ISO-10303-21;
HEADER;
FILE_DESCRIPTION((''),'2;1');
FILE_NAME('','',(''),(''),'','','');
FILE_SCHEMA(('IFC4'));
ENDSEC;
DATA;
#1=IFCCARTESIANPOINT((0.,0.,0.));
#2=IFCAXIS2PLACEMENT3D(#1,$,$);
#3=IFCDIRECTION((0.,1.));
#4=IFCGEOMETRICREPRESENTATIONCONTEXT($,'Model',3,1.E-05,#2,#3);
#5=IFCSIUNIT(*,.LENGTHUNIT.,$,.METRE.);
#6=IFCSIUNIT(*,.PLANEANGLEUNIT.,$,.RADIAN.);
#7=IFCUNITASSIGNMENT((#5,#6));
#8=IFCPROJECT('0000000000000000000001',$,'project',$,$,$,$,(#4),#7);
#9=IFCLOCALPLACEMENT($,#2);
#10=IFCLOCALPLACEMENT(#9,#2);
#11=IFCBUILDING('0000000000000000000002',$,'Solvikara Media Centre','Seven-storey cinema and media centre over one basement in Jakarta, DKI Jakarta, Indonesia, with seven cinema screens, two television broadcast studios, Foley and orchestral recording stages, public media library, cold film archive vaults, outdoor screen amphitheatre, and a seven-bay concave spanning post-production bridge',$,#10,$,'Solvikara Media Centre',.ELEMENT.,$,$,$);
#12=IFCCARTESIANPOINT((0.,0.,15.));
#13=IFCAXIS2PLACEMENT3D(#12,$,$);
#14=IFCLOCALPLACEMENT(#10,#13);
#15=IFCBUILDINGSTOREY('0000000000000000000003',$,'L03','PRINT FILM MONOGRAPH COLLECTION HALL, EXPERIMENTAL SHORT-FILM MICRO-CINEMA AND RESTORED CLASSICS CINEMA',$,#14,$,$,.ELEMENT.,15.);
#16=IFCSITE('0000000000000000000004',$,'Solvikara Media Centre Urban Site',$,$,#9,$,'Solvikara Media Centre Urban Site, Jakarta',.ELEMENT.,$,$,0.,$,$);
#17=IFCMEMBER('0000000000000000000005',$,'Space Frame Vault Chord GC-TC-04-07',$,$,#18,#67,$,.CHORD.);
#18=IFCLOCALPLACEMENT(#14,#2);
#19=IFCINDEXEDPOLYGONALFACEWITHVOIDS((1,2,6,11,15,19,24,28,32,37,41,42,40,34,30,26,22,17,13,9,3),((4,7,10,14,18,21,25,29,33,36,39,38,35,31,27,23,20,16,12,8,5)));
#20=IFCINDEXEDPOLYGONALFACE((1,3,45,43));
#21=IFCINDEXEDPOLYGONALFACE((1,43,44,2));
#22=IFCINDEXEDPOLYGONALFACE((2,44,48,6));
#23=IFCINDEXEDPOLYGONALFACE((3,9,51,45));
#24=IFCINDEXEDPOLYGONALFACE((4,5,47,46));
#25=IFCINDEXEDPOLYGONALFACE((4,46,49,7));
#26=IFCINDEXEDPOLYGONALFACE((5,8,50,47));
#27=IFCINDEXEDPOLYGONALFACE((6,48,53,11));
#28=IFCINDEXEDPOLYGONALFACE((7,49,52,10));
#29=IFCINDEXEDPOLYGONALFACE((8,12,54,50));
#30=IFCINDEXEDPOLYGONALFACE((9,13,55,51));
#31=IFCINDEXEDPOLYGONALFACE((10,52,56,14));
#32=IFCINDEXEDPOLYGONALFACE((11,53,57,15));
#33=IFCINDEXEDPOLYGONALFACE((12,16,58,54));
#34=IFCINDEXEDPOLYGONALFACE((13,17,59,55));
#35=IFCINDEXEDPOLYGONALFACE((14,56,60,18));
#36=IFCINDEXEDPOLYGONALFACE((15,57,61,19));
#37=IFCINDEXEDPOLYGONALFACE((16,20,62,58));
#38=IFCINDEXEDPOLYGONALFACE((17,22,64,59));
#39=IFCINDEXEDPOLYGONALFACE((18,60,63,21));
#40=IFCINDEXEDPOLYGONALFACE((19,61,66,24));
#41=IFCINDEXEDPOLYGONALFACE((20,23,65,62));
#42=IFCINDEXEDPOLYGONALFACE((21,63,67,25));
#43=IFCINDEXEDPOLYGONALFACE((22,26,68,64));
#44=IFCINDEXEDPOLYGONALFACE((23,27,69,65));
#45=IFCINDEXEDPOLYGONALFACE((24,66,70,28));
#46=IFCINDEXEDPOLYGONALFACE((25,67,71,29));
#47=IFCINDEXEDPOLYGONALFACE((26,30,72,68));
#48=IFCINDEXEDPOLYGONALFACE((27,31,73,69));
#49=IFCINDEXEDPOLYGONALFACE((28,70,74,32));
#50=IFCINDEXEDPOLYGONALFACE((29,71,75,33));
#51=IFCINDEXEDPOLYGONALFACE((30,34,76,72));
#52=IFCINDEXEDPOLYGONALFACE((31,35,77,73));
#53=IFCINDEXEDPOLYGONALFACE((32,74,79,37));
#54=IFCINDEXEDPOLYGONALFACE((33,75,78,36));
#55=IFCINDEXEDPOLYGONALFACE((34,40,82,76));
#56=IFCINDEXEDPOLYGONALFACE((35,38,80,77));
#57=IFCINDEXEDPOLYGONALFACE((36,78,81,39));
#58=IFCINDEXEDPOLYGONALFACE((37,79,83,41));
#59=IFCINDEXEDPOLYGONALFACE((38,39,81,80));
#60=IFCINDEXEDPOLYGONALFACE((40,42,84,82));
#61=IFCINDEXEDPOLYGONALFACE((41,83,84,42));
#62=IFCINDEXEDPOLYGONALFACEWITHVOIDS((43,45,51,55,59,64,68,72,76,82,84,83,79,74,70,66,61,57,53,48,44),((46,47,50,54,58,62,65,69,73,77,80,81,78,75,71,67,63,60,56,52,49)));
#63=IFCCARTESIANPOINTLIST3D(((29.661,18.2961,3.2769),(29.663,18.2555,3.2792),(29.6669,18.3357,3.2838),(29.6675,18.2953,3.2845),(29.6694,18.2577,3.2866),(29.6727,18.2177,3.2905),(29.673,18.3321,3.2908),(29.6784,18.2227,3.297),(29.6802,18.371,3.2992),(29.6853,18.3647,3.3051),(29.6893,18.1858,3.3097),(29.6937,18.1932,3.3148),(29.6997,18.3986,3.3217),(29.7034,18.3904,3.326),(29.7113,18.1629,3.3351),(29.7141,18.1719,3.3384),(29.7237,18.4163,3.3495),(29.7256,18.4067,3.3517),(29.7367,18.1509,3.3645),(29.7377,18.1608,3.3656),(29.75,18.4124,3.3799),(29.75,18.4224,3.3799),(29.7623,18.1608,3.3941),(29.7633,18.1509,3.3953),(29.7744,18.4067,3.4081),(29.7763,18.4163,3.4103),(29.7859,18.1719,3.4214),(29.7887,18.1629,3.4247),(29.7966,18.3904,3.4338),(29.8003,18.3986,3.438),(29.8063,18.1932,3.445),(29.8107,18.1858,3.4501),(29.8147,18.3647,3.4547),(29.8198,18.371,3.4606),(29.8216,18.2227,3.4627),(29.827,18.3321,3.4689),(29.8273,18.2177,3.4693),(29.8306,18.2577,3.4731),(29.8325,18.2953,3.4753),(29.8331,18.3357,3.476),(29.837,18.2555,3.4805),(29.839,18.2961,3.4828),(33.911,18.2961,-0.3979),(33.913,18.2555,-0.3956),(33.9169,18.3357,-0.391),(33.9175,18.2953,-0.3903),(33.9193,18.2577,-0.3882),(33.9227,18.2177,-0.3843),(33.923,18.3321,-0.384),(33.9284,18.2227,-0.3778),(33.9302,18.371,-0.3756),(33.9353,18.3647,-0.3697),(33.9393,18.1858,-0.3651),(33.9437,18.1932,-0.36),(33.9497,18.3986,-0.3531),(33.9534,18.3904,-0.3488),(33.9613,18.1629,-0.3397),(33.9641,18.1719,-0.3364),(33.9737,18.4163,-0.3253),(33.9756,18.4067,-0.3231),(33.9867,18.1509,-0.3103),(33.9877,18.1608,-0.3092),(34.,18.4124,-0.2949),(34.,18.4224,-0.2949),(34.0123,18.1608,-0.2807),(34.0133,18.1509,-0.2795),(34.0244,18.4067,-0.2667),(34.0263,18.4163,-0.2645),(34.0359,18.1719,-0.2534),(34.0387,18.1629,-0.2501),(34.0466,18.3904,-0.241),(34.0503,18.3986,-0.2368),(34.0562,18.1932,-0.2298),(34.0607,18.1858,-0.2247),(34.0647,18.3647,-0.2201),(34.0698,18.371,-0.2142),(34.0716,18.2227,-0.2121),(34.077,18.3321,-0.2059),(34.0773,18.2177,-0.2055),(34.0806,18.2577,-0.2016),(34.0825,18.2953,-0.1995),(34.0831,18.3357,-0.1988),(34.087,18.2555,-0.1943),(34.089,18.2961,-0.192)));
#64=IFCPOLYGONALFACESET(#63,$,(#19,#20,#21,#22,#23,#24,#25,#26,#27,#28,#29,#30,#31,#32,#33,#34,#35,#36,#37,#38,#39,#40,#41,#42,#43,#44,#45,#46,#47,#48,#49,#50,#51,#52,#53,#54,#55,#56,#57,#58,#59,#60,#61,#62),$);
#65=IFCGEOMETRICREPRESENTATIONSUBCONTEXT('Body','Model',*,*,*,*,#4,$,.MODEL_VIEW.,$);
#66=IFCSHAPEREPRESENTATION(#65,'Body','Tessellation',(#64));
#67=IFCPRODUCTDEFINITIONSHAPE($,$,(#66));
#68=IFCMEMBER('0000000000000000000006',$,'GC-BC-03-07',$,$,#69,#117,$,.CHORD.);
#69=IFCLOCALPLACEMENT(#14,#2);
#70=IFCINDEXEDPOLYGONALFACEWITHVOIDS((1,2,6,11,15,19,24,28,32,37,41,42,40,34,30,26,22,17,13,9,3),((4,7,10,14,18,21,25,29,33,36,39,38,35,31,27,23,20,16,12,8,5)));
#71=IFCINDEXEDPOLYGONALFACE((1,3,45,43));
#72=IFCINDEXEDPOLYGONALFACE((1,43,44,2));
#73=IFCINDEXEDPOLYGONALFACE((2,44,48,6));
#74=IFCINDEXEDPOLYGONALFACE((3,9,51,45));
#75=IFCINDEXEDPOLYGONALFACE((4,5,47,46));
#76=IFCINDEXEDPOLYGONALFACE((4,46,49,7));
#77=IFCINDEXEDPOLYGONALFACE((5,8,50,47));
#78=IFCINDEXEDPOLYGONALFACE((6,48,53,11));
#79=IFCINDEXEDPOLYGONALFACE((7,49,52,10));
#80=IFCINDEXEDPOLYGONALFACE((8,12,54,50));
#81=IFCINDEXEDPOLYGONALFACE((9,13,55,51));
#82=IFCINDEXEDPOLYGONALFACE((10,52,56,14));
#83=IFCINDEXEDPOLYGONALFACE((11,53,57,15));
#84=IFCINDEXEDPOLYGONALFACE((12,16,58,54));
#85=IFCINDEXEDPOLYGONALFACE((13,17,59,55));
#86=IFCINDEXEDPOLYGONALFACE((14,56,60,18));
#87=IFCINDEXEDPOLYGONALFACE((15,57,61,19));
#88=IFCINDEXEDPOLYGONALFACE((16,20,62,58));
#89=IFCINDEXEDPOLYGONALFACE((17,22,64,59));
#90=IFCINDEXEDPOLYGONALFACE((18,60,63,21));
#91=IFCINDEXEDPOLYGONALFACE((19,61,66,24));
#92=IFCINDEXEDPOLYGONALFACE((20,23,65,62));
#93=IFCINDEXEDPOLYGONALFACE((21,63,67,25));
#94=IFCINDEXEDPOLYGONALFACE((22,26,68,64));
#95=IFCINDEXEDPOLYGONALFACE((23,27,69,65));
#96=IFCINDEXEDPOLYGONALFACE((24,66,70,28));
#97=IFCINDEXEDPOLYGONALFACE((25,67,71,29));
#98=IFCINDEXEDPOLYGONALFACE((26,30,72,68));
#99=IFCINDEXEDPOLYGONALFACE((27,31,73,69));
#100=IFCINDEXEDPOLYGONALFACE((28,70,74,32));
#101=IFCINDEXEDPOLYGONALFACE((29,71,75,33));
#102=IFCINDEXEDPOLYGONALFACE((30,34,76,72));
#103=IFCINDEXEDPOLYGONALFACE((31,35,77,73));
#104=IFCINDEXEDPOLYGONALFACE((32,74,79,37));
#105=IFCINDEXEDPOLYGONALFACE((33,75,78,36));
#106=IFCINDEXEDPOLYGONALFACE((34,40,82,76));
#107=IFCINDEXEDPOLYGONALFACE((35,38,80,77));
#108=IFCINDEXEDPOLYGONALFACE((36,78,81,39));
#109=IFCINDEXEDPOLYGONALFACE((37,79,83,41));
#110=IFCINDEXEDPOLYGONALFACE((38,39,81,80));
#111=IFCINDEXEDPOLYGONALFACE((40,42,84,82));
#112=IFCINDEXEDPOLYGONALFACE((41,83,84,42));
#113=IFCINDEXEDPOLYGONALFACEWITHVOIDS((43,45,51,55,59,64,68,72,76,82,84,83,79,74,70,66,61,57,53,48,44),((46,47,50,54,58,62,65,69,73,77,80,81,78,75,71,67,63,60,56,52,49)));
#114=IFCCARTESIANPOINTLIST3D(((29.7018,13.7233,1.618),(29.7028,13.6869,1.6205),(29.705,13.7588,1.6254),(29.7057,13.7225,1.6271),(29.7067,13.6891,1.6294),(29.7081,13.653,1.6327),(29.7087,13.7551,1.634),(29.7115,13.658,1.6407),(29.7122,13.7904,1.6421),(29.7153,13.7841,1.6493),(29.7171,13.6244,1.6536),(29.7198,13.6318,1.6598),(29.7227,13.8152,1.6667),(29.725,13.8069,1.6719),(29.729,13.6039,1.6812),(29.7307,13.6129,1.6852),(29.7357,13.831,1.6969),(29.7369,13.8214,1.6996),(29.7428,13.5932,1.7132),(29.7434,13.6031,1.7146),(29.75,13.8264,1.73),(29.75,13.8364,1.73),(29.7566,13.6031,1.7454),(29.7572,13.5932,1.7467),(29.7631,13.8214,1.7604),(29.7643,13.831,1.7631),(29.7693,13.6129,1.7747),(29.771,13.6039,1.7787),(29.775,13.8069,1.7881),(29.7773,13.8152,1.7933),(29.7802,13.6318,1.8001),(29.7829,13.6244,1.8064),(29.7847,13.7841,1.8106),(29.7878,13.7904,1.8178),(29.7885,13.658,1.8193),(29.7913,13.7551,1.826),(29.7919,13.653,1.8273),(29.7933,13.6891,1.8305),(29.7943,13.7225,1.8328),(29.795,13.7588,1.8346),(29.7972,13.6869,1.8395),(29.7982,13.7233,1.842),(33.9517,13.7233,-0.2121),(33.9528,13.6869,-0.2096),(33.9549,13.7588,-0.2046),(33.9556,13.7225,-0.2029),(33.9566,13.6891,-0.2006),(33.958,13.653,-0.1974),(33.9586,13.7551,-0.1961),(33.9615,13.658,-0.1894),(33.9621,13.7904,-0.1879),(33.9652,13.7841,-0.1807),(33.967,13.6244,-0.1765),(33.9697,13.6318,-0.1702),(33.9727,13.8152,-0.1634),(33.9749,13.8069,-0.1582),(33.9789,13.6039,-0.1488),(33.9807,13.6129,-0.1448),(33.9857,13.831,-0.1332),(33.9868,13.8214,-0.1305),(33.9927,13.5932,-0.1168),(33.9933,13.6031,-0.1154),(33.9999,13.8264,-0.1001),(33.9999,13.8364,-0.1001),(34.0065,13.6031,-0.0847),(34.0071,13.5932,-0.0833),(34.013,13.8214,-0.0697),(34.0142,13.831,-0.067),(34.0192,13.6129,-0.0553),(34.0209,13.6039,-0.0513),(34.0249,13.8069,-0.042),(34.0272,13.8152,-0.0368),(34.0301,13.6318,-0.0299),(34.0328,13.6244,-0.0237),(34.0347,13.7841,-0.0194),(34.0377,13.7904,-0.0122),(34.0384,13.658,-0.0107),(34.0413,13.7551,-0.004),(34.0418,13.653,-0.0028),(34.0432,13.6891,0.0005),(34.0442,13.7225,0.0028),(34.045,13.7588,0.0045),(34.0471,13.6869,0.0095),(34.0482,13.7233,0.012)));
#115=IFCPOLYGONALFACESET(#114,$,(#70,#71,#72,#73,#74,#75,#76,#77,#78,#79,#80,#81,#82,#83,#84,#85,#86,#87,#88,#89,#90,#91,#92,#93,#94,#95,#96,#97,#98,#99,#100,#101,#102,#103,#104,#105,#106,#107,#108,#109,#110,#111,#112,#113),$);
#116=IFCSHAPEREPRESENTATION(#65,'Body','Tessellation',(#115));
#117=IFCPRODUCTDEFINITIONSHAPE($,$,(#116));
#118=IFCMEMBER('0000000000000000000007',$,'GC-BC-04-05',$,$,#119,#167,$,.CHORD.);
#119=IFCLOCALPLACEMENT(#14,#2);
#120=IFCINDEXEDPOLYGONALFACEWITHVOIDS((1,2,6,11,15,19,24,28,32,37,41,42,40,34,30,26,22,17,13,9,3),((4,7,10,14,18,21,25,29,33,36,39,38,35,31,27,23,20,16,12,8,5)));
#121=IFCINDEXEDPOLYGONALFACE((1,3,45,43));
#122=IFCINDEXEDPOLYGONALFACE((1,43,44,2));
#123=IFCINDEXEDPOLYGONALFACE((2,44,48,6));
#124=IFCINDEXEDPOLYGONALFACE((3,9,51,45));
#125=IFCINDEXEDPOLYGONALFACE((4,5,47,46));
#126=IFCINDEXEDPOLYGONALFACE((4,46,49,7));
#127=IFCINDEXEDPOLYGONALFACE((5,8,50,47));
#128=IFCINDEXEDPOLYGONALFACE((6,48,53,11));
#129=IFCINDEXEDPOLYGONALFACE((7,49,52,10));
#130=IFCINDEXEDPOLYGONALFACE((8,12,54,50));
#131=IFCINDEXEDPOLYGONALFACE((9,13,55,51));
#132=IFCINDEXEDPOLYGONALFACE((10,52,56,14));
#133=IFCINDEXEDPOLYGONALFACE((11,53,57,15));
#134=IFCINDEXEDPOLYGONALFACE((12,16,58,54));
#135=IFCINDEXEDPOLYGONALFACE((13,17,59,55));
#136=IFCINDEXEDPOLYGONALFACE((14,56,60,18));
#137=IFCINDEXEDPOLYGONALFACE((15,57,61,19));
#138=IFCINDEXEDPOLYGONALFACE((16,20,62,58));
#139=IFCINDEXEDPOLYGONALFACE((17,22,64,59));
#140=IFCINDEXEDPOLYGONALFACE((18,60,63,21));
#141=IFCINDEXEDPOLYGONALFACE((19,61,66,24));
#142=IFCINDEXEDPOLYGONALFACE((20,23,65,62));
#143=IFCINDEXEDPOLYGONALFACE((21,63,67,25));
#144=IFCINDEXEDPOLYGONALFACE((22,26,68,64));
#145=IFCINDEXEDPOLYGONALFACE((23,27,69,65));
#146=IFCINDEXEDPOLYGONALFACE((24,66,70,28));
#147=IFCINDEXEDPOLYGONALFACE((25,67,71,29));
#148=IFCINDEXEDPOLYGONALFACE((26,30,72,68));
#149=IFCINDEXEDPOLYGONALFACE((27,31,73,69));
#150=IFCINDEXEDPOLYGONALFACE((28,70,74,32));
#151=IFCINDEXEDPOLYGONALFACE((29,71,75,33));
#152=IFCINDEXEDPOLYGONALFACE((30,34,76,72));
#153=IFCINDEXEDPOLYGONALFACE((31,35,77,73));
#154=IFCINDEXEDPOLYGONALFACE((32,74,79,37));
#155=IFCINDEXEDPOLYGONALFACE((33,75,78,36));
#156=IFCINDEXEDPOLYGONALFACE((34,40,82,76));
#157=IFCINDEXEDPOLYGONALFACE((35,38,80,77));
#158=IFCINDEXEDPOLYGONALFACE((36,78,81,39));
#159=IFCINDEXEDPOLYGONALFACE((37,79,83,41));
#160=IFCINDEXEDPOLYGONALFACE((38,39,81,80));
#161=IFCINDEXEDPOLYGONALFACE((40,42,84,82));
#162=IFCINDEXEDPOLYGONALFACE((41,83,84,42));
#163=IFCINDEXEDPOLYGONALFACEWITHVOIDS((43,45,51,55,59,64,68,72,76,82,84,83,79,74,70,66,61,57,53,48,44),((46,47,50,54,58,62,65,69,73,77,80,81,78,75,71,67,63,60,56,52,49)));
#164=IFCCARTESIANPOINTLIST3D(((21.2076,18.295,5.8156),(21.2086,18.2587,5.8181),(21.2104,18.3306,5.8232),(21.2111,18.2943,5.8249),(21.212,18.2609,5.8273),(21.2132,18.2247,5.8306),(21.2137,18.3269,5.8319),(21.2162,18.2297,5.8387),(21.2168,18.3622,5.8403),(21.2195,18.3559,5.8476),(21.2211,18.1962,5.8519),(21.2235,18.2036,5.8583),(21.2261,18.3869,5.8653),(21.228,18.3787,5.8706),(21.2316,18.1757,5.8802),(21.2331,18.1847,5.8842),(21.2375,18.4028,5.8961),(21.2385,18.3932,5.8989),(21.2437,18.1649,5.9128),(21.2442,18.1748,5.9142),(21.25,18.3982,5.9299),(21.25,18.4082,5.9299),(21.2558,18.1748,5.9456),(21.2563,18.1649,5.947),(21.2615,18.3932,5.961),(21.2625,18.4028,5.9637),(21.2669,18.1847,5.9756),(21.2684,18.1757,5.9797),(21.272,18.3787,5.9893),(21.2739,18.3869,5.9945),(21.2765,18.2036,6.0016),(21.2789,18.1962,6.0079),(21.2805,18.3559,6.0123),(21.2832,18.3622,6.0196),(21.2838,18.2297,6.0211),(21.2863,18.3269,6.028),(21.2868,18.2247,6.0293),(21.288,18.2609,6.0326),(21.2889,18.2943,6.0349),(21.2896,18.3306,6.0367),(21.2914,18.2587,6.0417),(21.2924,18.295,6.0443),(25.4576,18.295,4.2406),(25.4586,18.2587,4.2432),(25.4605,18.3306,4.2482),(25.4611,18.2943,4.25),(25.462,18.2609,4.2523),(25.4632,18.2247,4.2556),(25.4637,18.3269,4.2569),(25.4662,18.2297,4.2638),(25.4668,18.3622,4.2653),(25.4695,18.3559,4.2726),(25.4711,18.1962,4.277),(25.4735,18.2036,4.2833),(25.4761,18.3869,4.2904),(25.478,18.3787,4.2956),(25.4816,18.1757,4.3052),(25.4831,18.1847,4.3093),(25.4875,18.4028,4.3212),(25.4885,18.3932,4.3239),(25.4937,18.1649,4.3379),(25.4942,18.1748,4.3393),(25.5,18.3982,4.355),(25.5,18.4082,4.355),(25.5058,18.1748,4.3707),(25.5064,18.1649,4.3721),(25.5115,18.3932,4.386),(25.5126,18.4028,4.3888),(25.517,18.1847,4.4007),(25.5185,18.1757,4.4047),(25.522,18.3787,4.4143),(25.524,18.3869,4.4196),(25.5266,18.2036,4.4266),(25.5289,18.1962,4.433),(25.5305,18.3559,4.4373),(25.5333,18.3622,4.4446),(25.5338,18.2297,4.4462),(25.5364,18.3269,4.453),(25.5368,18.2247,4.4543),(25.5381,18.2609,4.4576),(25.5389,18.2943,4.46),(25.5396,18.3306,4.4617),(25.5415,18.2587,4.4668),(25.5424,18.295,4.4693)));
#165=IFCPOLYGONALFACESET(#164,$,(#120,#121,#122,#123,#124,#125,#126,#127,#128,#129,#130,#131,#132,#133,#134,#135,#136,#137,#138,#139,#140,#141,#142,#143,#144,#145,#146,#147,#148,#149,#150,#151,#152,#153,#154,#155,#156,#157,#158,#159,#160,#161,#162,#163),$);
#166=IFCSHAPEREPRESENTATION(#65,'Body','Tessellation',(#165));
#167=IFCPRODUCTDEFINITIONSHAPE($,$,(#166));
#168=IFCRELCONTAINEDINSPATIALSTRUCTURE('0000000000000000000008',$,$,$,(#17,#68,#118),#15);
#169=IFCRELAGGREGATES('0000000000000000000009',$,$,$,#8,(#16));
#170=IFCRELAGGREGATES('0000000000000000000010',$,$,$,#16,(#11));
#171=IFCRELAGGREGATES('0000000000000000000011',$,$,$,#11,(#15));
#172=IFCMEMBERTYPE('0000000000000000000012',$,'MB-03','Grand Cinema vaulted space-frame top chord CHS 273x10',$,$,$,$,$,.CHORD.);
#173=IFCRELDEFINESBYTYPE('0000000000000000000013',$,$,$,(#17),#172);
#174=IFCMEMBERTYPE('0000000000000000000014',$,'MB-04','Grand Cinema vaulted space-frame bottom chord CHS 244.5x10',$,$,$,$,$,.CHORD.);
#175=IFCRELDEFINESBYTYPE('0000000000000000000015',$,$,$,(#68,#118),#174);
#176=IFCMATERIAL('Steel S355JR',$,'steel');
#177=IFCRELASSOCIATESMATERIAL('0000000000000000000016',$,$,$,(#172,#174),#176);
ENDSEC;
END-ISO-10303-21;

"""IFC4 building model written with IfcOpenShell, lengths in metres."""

from ifc_helpers import new_model, si_unit, direction, frame, origin, origin_2d, place, context, subcontext, project, spatial, hollow_circle, extrude, material, material_profile, profile_set, type_object, element, save


model = new_model("IFC4")

# Units and contexts
model_context = context("Model", 3, precision=1e-05, world=origin(), true_north=direction((0.0, 1.0)))
body_context = subcontext(model_context, "Body", "Model", "MODEL_VIEW")
ifc_project = project(units=[si_unit("LENGTHUNIT", "METRE"), si_unit("PLANEANGLEUNIT", "RADIAN")], contexts=[model_context])

# Site, building, storey
site_placement = place(None, origin())
site = spatial("IfcSite", under=ifc_project, at=site_placement, Name="Solvikara Media Centre Urban Site", LongName="Solvikara Media Centre Urban Site, Jakarta", CompositionType="ELEMENT", RefElevation=0.0)
building_placement = place(site_placement, origin())
building = spatial("IfcBuilding", under=site, at=building_placement, Name="Solvikara Media Centre", Description="Seven-storey cinema and media centre over one basement in Jakarta, DKI Jakarta, Indonesia, with seven cinema screens, two television broadcast studios, Foley and orchestral recording stages, public media library, cold film archive vaults, outdoor screen amphitheatre, and a seven-bay concave spanning post-production bridge", LongName="Solvikara Media Centre", CompositionType="ELEMENT")
storey_placement = place(building_placement, frame((0.0, 0.0, 15.0)))
storey = spatial("IfcBuildingStorey", under=building, at=storey_placement, Name="L03", Description="PRINT FILM MONOGRAPH COLLECTION HALL, EXPERIMENTAL SHORT-FILM MICRO-CINEMA AND RESTORED CLASSICS CINEMA", CompositionType="ELEMENT", Elevation=15.0)

# Members
ifc_material_1 = material(Name="Steel S355JR", Category="steel")
ifc_material_profile_1 = material_profile(ifc_material_1, hollow_circle(Radius=0.1365, WallThickness=0.01, at=origin_2d()), Name="CHS 273x10")
ifc_profile_set_1 = profile_set([ifc_material_profile_1], Name="Steel S355JR")
member_type_1 = type_object("IfcMemberType", Name="MB-03", Description="Grand Cinema vaulted space-frame top chord CHS 273x10", PredefinedType="CHORD", material=ifc_profile_set_1)
member_1_placement = place(storey_placement, frame((29.75, 18.2859, 3.3799), z_axis=(0.75644, 0.0, -0.654063), x_axis=(0.0, 1.0, 0.0)))
element("IfcMember", 1, at=member_1_placement, inside=storey, type_object=member_type_1, Name="Space Frame Vault Chord GC-TC-04-07", PredefinedType="CHORD", context=body_context, shape_type="SweptSolid", body=[
    extrude(hollow_circle(Radius=0.1365, WallThickness=0.01, at=origin_2d()), origin(), (0.0, 0.0, 1.0), 5.6184),
])
ifc_material_profile_2 = material_profile(ifc_material_1, hollow_circle(Radius=0.1223, WallThickness=0.01, at=origin_2d()), Name="CHS 244.5x10")
ifc_profile_set_2 = profile_set([ifc_material_profile_2], Name="Steel S355JR")
member_type_2 = type_object("IfcMemberType", Name="MB-04", Description="Grand Cinema vaulted space-frame bottom chord CHS 244.5x10", PredefinedType="CHORD", material=ifc_profile_set_2)
member_2_placement = place(storey_placement, frame((29.75, 13.7141, 1.73), z_axis=(0.918467, 0.0, -0.395498), x_axis=(0.0, 1.0, 0.0)))
element("IfcMember", 2, at=member_2_placement, inside=storey, type_object=member_type_2, Name="GC-BC-03-07", PredefinedType="CHORD", context=body_context, shape_type="SweptSolid", body=[
    extrude(hollow_circle(Radius=0.1223, WallThickness=0.01, at=origin_2d()), origin(), (0.0, 0.0, 1.0), 4.6272),
])
member_3_placement = place(storey_placement, frame((21.25, 18.2859, 5.9299), z_axis=(0.937686, 0.0, -0.347485), x_axis=(0.0, 1.0, 0.0)))
element("IfcMember", 3, at=member_3_placement, inside=storey, type_object=member_type_2, Name="GC-BC-04-05", PredefinedType="CHORD", context=body_context, shape_type="SweptSolid", body=[
    extrude(hollow_circle(Radius=0.1223, WallThickness=0.01, at=origin_2d()), origin(), (0.0, 0.0, 1.0), 4.5325),
])

save(model, "model.ifc")
